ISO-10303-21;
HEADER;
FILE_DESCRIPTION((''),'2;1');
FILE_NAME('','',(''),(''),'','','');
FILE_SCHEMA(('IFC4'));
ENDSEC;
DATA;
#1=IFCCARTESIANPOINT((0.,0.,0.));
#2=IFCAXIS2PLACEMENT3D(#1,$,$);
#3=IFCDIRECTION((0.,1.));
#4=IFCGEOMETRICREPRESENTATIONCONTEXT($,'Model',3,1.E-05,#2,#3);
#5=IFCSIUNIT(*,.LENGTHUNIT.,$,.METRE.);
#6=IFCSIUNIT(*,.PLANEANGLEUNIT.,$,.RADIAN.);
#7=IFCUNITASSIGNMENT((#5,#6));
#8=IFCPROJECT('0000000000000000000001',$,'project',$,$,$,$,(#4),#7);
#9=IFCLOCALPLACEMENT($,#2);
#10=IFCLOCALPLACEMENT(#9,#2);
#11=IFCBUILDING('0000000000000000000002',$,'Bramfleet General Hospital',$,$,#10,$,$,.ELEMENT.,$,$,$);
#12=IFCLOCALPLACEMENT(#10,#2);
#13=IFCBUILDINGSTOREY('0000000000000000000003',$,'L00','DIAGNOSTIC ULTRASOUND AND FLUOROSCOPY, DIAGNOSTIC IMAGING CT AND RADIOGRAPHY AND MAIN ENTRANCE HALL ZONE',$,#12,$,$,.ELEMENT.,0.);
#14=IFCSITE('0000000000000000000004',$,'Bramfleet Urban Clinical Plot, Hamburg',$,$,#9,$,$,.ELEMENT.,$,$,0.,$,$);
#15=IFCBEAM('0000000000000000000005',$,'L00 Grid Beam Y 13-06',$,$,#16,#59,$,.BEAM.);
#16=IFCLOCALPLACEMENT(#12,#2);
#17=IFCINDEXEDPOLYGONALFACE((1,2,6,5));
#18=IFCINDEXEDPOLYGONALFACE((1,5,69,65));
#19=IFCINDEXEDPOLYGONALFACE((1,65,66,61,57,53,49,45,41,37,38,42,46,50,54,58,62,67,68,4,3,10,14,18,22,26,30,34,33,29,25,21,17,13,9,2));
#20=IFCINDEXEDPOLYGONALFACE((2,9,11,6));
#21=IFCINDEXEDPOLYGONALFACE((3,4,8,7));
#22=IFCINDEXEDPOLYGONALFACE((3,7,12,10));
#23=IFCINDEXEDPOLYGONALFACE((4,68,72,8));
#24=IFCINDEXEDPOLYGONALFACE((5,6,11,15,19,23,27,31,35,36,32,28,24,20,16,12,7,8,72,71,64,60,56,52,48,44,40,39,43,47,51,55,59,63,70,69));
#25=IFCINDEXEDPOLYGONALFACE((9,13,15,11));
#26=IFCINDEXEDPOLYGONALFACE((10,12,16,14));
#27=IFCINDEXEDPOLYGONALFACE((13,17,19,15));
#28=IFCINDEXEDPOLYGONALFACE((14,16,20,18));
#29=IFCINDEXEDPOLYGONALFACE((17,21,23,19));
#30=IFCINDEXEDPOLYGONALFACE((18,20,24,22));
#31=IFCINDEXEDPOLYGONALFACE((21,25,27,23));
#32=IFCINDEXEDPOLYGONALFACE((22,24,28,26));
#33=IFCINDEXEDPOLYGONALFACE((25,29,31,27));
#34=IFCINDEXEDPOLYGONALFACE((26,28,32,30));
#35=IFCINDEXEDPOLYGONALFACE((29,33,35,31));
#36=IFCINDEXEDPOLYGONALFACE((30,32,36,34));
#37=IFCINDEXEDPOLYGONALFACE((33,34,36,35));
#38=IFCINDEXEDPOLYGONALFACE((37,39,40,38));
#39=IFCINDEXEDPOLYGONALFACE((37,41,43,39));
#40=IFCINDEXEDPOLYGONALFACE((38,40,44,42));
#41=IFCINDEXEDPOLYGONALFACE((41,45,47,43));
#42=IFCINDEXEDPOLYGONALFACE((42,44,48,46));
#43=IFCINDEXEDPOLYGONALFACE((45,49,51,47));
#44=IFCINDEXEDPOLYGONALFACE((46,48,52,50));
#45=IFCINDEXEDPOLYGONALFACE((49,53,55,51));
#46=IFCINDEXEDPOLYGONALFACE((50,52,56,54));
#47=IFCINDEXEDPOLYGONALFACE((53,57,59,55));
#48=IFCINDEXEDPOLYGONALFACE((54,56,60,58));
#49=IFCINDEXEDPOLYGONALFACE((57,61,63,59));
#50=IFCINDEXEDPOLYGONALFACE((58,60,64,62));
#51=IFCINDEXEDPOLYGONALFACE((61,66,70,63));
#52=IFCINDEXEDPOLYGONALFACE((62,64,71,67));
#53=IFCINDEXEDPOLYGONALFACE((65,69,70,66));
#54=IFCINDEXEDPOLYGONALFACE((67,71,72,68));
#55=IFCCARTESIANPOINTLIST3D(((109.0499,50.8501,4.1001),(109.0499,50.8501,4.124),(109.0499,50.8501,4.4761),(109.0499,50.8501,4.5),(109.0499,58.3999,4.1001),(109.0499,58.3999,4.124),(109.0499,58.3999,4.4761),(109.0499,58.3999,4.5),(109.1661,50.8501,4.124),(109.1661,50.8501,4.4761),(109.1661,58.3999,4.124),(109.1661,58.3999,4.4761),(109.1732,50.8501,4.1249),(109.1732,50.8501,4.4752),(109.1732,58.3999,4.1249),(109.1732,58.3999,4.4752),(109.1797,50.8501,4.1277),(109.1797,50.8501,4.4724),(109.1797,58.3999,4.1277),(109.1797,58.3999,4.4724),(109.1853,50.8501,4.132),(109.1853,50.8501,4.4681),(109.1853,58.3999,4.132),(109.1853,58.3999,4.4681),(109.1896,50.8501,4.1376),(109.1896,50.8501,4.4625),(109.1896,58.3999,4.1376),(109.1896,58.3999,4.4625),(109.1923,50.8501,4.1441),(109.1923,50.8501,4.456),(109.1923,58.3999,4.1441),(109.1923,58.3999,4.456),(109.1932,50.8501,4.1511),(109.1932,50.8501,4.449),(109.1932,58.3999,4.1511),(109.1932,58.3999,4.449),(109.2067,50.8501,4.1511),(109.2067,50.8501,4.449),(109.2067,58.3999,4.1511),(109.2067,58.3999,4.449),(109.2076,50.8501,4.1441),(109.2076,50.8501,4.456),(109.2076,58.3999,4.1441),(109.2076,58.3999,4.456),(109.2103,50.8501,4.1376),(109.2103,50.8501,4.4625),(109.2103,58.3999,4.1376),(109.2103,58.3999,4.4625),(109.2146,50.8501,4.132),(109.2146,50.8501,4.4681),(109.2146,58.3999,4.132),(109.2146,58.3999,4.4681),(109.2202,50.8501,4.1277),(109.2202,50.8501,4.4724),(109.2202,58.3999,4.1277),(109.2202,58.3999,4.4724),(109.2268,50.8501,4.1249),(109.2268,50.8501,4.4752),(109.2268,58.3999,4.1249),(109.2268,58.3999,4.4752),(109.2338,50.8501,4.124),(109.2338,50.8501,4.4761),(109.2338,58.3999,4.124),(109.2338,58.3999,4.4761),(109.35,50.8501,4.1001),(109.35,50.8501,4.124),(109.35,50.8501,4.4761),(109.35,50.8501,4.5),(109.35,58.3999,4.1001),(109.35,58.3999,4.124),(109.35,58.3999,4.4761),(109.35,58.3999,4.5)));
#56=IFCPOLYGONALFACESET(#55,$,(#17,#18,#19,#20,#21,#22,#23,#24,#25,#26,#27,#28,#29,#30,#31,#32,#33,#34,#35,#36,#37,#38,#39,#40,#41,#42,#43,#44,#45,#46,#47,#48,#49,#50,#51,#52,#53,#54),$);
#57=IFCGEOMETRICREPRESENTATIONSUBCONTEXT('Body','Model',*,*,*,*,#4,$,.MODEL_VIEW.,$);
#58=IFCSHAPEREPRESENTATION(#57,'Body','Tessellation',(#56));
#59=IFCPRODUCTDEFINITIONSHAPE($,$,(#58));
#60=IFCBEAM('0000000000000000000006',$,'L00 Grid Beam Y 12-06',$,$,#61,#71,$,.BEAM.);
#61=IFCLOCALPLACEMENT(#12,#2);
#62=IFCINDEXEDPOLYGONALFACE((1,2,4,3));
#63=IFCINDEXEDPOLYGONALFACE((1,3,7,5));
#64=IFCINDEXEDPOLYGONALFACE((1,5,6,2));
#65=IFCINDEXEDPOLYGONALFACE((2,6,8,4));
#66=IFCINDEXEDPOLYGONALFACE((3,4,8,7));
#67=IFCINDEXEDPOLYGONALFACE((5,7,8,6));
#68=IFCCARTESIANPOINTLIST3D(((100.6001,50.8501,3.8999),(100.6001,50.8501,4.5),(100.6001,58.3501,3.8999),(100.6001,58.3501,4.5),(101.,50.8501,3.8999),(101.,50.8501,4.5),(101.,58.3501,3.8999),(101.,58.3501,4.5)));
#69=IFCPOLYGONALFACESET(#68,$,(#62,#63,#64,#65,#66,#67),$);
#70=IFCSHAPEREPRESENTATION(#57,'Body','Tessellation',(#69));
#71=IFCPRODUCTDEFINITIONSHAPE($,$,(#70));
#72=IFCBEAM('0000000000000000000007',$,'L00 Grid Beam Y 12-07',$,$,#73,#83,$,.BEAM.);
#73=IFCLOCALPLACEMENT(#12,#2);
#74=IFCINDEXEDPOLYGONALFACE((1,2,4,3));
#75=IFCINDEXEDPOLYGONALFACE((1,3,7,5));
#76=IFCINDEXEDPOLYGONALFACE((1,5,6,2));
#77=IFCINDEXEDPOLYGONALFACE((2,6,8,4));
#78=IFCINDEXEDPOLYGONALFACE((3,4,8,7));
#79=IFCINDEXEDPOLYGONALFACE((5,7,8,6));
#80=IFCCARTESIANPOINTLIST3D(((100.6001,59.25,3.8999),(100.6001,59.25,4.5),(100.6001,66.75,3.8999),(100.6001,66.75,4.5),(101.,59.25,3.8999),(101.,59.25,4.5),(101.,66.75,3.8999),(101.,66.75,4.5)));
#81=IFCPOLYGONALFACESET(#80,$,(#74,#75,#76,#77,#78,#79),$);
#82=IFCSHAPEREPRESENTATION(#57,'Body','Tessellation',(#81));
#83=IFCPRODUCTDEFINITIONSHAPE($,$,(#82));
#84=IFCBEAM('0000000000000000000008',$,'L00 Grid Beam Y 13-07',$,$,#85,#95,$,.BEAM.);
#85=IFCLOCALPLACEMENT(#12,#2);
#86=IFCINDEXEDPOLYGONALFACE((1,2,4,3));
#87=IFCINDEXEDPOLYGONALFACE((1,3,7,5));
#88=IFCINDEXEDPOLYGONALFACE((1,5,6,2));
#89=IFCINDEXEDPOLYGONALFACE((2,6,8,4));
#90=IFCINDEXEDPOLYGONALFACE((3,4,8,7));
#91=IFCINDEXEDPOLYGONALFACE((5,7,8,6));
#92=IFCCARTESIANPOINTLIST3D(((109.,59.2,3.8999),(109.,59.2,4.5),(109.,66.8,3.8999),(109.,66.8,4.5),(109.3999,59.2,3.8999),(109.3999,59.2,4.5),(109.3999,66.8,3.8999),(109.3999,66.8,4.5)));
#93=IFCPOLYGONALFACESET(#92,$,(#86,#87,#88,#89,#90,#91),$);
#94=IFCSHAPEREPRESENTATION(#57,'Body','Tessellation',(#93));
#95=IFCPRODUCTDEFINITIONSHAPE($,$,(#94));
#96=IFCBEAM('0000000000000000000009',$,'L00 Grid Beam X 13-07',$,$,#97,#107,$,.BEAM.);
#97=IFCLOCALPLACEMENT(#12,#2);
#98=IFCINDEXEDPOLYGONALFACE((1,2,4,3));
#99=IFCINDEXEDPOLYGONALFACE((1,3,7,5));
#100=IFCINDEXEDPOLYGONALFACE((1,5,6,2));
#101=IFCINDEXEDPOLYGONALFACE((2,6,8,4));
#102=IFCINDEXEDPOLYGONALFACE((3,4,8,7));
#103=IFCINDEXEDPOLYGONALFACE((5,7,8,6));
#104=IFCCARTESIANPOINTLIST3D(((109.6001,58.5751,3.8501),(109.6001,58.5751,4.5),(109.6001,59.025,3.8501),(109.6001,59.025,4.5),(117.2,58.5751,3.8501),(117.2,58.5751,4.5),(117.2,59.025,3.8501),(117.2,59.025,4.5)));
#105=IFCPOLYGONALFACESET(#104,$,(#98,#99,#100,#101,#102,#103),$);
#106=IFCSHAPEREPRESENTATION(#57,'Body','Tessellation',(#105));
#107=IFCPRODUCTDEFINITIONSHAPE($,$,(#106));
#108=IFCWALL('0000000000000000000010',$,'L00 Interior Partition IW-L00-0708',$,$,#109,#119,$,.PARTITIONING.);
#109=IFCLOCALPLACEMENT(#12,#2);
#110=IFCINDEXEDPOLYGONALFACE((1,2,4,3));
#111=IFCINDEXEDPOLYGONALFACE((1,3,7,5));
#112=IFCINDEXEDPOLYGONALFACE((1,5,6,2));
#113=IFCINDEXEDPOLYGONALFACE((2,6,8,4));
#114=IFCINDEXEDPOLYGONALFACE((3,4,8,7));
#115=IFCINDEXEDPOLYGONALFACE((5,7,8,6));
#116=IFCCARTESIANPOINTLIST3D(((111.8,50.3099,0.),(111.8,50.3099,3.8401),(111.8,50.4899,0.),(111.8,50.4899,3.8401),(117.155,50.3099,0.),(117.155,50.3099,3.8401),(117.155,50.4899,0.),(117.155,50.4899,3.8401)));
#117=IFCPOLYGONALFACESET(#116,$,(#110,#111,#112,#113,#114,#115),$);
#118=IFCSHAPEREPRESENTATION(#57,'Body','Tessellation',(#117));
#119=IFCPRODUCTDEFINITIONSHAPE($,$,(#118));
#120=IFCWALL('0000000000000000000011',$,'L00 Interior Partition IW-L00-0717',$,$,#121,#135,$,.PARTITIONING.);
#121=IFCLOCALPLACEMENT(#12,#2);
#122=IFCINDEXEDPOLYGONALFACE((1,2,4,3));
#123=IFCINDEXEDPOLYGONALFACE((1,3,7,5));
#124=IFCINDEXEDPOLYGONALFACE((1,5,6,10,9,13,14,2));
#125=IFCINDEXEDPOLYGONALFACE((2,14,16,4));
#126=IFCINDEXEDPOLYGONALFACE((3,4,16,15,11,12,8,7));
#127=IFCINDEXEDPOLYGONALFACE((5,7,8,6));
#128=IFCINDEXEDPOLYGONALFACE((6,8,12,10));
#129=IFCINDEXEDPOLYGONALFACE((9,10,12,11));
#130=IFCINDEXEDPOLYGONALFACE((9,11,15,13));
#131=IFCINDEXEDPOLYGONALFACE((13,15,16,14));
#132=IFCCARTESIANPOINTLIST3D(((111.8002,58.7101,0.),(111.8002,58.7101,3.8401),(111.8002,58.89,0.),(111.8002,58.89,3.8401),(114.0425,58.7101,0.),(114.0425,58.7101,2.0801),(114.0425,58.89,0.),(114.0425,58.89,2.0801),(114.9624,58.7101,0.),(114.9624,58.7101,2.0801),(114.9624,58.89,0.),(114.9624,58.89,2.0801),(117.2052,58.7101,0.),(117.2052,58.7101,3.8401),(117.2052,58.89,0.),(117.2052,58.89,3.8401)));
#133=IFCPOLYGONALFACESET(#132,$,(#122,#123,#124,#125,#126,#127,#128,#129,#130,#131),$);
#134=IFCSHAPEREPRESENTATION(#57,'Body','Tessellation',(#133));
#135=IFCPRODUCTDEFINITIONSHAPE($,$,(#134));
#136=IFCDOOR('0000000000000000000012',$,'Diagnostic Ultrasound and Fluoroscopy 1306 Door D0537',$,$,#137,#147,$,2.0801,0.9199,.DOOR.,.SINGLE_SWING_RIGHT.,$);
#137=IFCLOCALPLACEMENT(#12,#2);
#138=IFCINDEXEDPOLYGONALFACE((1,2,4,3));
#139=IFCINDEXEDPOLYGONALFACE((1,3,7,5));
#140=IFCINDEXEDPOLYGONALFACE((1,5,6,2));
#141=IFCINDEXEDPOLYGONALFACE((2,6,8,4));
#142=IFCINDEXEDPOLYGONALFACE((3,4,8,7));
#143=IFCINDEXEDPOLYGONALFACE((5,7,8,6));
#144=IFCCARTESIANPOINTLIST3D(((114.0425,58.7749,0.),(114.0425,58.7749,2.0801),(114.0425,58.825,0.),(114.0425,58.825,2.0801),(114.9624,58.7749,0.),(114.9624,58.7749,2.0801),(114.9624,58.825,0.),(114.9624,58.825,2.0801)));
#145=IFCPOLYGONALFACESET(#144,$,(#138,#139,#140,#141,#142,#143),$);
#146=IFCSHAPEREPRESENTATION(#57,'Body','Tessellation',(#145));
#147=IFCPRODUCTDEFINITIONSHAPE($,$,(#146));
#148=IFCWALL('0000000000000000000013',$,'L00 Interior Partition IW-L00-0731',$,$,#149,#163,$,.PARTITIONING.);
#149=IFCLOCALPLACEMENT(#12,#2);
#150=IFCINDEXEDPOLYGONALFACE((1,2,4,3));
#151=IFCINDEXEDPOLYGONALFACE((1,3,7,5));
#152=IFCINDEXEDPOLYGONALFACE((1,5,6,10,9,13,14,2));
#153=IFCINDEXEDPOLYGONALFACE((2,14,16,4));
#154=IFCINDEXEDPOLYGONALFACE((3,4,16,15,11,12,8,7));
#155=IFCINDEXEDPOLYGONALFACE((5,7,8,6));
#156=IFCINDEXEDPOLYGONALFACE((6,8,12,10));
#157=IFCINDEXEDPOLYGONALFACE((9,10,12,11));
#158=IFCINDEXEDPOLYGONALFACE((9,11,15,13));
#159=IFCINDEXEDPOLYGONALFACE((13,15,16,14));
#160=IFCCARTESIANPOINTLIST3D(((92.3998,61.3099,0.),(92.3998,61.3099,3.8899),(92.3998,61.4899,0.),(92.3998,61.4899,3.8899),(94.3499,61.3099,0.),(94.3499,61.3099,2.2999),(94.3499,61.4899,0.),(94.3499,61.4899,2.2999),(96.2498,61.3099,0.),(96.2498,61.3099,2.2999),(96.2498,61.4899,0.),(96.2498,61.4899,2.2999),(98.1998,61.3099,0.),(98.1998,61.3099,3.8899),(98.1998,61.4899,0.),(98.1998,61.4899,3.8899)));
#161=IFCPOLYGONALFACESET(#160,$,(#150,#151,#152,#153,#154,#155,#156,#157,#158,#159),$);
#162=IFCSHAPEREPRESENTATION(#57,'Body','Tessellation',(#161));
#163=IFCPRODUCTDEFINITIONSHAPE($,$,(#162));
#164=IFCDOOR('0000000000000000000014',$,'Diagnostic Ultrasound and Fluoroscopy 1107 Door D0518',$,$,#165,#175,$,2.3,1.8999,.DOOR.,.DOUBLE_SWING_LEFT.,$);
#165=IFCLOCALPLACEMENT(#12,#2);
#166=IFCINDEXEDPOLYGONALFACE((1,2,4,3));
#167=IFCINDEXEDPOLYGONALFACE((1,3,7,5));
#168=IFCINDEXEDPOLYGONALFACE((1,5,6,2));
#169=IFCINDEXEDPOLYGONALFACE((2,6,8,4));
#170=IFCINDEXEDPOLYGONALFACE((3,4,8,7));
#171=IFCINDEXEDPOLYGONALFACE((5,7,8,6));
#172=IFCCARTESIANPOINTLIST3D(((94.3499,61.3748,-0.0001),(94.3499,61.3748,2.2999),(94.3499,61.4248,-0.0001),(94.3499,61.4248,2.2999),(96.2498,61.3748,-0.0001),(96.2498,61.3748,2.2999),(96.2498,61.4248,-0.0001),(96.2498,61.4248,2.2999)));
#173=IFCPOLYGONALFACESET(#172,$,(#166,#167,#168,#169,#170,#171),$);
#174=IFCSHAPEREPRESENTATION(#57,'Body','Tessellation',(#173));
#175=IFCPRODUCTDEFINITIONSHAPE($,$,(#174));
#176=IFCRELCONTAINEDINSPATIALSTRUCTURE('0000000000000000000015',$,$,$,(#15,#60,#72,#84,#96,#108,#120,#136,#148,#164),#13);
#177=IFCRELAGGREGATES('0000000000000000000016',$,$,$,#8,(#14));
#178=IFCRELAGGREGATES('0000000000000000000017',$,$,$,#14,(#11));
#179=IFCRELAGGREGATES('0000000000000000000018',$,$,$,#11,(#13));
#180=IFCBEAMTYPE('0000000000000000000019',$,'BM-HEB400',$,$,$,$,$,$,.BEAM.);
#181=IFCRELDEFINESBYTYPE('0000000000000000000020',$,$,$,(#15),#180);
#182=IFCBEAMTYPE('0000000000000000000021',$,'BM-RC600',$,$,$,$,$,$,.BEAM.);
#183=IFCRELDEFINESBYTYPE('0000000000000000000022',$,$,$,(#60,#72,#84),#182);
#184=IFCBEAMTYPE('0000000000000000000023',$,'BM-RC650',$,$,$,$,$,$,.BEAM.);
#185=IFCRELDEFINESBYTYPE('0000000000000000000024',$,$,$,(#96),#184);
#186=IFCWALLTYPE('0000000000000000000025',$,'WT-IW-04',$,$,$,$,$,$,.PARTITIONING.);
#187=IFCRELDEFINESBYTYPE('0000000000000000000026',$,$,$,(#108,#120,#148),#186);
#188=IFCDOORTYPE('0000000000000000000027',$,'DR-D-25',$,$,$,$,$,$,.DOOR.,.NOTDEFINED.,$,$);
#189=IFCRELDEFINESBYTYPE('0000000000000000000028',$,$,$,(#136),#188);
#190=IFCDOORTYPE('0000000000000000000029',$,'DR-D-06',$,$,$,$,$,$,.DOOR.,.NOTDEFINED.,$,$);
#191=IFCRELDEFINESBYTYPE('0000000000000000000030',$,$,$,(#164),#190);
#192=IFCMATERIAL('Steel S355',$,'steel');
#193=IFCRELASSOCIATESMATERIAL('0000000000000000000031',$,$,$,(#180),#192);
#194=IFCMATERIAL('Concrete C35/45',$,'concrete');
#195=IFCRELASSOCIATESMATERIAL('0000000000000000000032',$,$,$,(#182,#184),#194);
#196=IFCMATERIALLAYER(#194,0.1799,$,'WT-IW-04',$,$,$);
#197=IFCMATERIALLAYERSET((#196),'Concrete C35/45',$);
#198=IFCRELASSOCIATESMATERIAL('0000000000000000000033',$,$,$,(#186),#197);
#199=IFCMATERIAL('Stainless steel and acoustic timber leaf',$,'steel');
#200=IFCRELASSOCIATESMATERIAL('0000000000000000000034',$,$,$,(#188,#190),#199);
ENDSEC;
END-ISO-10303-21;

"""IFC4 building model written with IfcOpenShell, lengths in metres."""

from ifc_helpers import new_model, si_unit, direction, frame, frame_2d, origin, origin_2d, place, context, subcontext, project, spatial, rectangle, i_section, extrude, material, layer, layer_set, material_profile, profile_set, type_object, element, fill, save


model = new_model("IFC4")

# Units and contexts
model_context = context("Model", 3, precision=1e-05, world=origin(), true_north=direction((0.0, 1.0)))
body_context = subcontext(model_context, "Body", "Model", "MODEL_VIEW")
ifc_project = project(units=[si_unit("LENGTHUNIT", "METRE"), si_unit("PLANEANGLEUNIT", "RADIAN")], contexts=[model_context])

# Site, building, storey
site_placement = place(None, origin())
site = spatial("IfcSite", under=ifc_project, at=site_placement, Name="Bramfleet Urban Clinical Plot, Hamburg", CompositionType="ELEMENT", RefElevation=0.0)
building_placement = place(site_placement, origin())
building = spatial("IfcBuilding", under=site, at=building_placement, Name="Bramfleet General Hospital", CompositionType="ELEMENT")
storey_placement = place(building_placement, origin())
storey = spatial("IfcBuildingStorey", under=building, at=storey_placement, Name="L00", Description="DIAGNOSTIC ULTRASOUND AND FLUOROSCOPY, DIAGNOSTIC IMAGING CT AND RADIOGRAPHY AND MAIN ENTRANCE HALL ZONE", CompositionType="ELEMENT", Elevation=0.0)

# Beams
ifc_material_1 = material(Name="Steel S355", Category="steel")
ifc_material_profile_1 = material_profile(ifc_material_1, i_section(OverallWidth=0.3, OverallDepth=0.3999, WebThickness=0.0134, FlangeThickness=0.0239, FilletRadius=0.0271, at=origin_2d()), Name="HEB 400")
ifc_profile_set_1 = profile_set([ifc_material_profile_1], Name="Steel S355")
beam_type_1 = type_object("IfcBeamType", Name="BM-HEB400", PredefinedType="BEAM", material=ifc_profile_set_1)
beam_1_placement = place(storey_placement, frame((109.2, 50.8501, 4.3), z_axis=(0.0, 1.0, 0.0), x_axis=(-1.0, 0.0, 0.0)))
element("IfcBeam", 1, at=beam_1_placement, inside=storey, type_object=beam_type_1, Name="L00 Grid Beam Y 13-06", PredefinedType="BEAM", context=body_context, shape_type="SweptSolid", body=[
    extrude(i_section(OverallWidth=0.3, OverallDepth=0.3999, WebThickness=0.0134, FlangeThickness=0.0239, FilletRadius=0.0271, at=origin_2d()), origin(), (0.0, 0.0, 1.0), 7.5498),
])
ifc_material_2 = material(Name="Concrete C35/45", Category="concrete")
ifc_material_profile_2 = material_profile(ifc_material_2, rectangle(XDim=0.3999, YDim=0.6001, at=origin_2d()), Name="RC BM 600x400")
ifc_profile_set_2 = profile_set([ifc_material_profile_2], Name="Concrete C35/45")
beam_type_2 = type_object("IfcBeamType", Name="BM-RC600", PredefinedType="BEAM", material=ifc_profile_set_2)
for number, where, z_axis, x_axis, name in (
    (2, (100.8, 50.8501, 4.2), (0.0, 1.0, 0.0), (-1.0, 0.0, 0.0), "L00 Grid Beam Y 12-06"),
    (3, (100.8, 59.25, 4.2), (0.0, 1.0, 0.0), (-1.0, 0.0, 0.0), "L00 Grid Beam Y 12-07"),
):
    element("IfcBeam", number, at=place(storey_placement, frame(where, z_axis=z_axis, x_axis=x_axis)), inside=storey, type_object=beam_type_2, Name=name, PredefinedType="BEAM", context=body_context, shape_type="SweptSolid", body=[
        extrude(rectangle(XDim=0.3999, YDim=0.6001, at=origin_2d()), origin(), (0.0, 0.0, 1.0), 7.5),
    ])
beam_2_placement = place(storey_placement, frame((109.2, 59.2, 4.2), z_axis=(0.0, 1.0, 0.0), x_axis=(-1.0, 0.0, 0.0)))
element("IfcBeam", 4, at=beam_2_placement, inside=storey, type_object=beam_type_2, Name="L00 Grid Beam Y 13-07", PredefinedType="BEAM", context=body_context, shape_type="SweptSolid", body=[
    extrude(rectangle(XDim=0.3999, YDim=0.6001, at=origin_2d()), origin(), (0.0, 0.0, 1.0), 7.6001),
])
ifc_material_profile_3 = material_profile(ifc_material_2, rectangle(XDim=0.45, YDim=0.6499, at=origin_2d()), Name="RC BM 650x450")
ifc_profile_set_3 = profile_set([ifc_material_profile_3], Name="Concrete C35/45")
beam_type_3 = type_object("IfcBeamType", Name="BM-RC650", PredefinedType="BEAM", material=ifc_profile_set_3)
beam_3_placement = place(storey_placement, frame((109.6001, 58.8, 4.175), z_axis=(1.0, 0.0, 0.0), x_axis=(0.0, 1.0, 0.0)))
element("IfcBeam", 5, at=beam_3_placement, inside=storey, type_object=beam_type_3, Name="L00 Grid Beam X 13-07", PredefinedType="BEAM", context=body_context, shape_type="SweptSolid", body=[
    extrude(rectangle(XDim=0.45, YDim=0.6499, at=origin_2d()), origin(), (0.0, 0.0, 1.0), 7.5999),
])

# Wall
ifc_layer = layer(ifc_material_2, 0.1799, Name="WT-IW-04")
ifc_layer_set = layer_set([ifc_layer], Name="Concrete C35/45")
wall_type = type_object("IfcWallType", Name="WT-IW-04", PredefinedType="PARTITIONING", material=ifc_layer_set)
wall_1_placement = place(storey_placement, frame((111.8, 50.3999, 0.0), z_axis=(0.0, 0.0, 1.0), x_axis=(1.0, 0.0, 0.0)))
element("IfcWall", 6, at=wall_1_placement, inside=storey, type_object=wall_type, Name="L00 Interior Partition IW-L00-0708", PredefinedType="PARTITIONING", context=body_context, shape_type="SweptSolid", body=[
    extrude(rectangle(XDim=5.355, YDim=0.1799, at=frame_2d((2.6775, 0.0))), origin(), (0.0, 0.0, 1.0), 3.8401),
])

# Walls, openings, doors
wall_2_placement = place(storey_placement, frame((111.8, 58.8, 0.0), z_axis=(0.0, 0.0, 1.0), x_axis=(1.0, 0.0, 0.0)))
wall_2 = element("IfcWall", 7, at=wall_2_placement, inside=storey, type_object=wall_type, Name="L00 Interior Partition IW-L00-0717", PredefinedType="PARTITIONING", context=body_context, shape_type="SweptSolid", body=[
    extrude(rectangle(XDim=5.405, YDim=0.1799, at=frame_2d((2.7026, 0.0))), origin(), (0.0, 0.0, 1.0), 3.8401),
])
opening_1_placement = place(wall_2_placement, frame((2.2424, 0.0, 0.0)))
opening_1 = element("IfcOpeningElement", 8, at=opening_1_placement, cuts=wall_2, PredefinedType="OPENING", context=body_context, shape_type="SweptSolid", body=[
    extrude(rectangle(XDim=0.9199, YDim=2.0801, at=frame_2d((0.46, 1.04))), frame((0.0, 0.0999, 0.0), z_axis=(0.0, -1.0, 0.0), x_axis=(1.0, 0.0, 0.0)), (0.0, 0.0, 1.0), 0.2),
])
ifc_material_3 = material(Name="Stainless steel and acoustic timber leaf", Category="steel")
door_type_1 = type_object("IfcDoorType", Name="DR-D-25", OperationType="NOTDEFINED", PredefinedType="DOOR", material=ifc_material_3)
door_1_placement = place(opening_1_placement, origin())
door_1 = element("IfcDoor", 9, at=door_1_placement, inside=storey, type_object=door_type_1, Name="Diagnostic Ultrasound and Fluoroscopy 1306 Door D0537", OperationType="SINGLE_SWING_RIGHT", OverallHeight=2.0801, OverallWidth=0.9199, PredefinedType="DOOR", context=body_context, shape_type="SweptSolid", body=[
    extrude(rectangle(XDim=0.9199, YDim=2.0801, at=frame_2d((0.46, 1.04))), frame((0.0, 0.0249, 0.0), z_axis=(0.0, -1.0, 0.0), x_axis=(1.0, 0.0, 0.0)), (0.0, 0.0, 1.0), 0.05),
])
fill(opening_1, door_1)
wall_3_placement = place(storey_placement, frame((92.3999, 61.3999, 0.0), z_axis=(0.0, 0.0, 1.0), x_axis=(1.0, 0.0, 0.0)))
wall_3 = element("IfcWall", 10, at=wall_3_placement, inside=storey, type_object=wall_type, Name="L00 Interior Partition IW-L00-0731", PredefinedType="PARTITIONING", context=body_context, shape_type="SweptSolid", body=[
    extrude(rectangle(XDim=5.8, YDim=0.1799, at=frame_2d((2.8999, 0.0))), origin(), (0.0, 0.0, 1.0), 3.8899),
])
opening_2_placement = place(wall_3_placement, frame((1.95, 0.0, 0.0)))
opening_2 = element("IfcOpeningElement", 11, at=opening_2_placement, cuts=wall_3, PredefinedType="OPENING", context=body_context, shape_type="SweptSolid", body=[
    extrude(rectangle(XDim=1.8999, YDim=2.3, at=frame_2d((0.95, 1.1499))), frame((0.0, 0.0999, 0.0), z_axis=(0.0, -1.0, 0.0), x_axis=(1.0, 0.0, 0.0)), (0.0, 0.0, 1.0), 0.2),
])
door_type_2 = type_object("IfcDoorType", Name="DR-D-06", OperationType="NOTDEFINED", PredefinedType="DOOR", material=ifc_material_3)
door_2_placement = place(opening_2_placement, origin())
door_2 = element("IfcDoor", 12, at=door_2_placement, inside=storey, type_object=door_type_2, Name="Diagnostic Ultrasound and Fluoroscopy 1107 Door D0518", OperationType="DOUBLE_SWING_LEFT", OverallHeight=2.3, OverallWidth=1.8999, PredefinedType="DOOR", context=body_context, shape_type="SweptSolid", body=[
    extrude(rectangle(XDim=1.8999, YDim=2.3, at=frame_2d((0.95, 1.1499))), frame((0.0, 0.0249, 0.0), z_axis=(0.0, -1.0, 0.0), x_axis=(1.0, 0.0, 0.0)), (0.0, 0.0, 1.0), 0.05),
])
fill(opening_2, door_2)

save(model, "model.ifc")
